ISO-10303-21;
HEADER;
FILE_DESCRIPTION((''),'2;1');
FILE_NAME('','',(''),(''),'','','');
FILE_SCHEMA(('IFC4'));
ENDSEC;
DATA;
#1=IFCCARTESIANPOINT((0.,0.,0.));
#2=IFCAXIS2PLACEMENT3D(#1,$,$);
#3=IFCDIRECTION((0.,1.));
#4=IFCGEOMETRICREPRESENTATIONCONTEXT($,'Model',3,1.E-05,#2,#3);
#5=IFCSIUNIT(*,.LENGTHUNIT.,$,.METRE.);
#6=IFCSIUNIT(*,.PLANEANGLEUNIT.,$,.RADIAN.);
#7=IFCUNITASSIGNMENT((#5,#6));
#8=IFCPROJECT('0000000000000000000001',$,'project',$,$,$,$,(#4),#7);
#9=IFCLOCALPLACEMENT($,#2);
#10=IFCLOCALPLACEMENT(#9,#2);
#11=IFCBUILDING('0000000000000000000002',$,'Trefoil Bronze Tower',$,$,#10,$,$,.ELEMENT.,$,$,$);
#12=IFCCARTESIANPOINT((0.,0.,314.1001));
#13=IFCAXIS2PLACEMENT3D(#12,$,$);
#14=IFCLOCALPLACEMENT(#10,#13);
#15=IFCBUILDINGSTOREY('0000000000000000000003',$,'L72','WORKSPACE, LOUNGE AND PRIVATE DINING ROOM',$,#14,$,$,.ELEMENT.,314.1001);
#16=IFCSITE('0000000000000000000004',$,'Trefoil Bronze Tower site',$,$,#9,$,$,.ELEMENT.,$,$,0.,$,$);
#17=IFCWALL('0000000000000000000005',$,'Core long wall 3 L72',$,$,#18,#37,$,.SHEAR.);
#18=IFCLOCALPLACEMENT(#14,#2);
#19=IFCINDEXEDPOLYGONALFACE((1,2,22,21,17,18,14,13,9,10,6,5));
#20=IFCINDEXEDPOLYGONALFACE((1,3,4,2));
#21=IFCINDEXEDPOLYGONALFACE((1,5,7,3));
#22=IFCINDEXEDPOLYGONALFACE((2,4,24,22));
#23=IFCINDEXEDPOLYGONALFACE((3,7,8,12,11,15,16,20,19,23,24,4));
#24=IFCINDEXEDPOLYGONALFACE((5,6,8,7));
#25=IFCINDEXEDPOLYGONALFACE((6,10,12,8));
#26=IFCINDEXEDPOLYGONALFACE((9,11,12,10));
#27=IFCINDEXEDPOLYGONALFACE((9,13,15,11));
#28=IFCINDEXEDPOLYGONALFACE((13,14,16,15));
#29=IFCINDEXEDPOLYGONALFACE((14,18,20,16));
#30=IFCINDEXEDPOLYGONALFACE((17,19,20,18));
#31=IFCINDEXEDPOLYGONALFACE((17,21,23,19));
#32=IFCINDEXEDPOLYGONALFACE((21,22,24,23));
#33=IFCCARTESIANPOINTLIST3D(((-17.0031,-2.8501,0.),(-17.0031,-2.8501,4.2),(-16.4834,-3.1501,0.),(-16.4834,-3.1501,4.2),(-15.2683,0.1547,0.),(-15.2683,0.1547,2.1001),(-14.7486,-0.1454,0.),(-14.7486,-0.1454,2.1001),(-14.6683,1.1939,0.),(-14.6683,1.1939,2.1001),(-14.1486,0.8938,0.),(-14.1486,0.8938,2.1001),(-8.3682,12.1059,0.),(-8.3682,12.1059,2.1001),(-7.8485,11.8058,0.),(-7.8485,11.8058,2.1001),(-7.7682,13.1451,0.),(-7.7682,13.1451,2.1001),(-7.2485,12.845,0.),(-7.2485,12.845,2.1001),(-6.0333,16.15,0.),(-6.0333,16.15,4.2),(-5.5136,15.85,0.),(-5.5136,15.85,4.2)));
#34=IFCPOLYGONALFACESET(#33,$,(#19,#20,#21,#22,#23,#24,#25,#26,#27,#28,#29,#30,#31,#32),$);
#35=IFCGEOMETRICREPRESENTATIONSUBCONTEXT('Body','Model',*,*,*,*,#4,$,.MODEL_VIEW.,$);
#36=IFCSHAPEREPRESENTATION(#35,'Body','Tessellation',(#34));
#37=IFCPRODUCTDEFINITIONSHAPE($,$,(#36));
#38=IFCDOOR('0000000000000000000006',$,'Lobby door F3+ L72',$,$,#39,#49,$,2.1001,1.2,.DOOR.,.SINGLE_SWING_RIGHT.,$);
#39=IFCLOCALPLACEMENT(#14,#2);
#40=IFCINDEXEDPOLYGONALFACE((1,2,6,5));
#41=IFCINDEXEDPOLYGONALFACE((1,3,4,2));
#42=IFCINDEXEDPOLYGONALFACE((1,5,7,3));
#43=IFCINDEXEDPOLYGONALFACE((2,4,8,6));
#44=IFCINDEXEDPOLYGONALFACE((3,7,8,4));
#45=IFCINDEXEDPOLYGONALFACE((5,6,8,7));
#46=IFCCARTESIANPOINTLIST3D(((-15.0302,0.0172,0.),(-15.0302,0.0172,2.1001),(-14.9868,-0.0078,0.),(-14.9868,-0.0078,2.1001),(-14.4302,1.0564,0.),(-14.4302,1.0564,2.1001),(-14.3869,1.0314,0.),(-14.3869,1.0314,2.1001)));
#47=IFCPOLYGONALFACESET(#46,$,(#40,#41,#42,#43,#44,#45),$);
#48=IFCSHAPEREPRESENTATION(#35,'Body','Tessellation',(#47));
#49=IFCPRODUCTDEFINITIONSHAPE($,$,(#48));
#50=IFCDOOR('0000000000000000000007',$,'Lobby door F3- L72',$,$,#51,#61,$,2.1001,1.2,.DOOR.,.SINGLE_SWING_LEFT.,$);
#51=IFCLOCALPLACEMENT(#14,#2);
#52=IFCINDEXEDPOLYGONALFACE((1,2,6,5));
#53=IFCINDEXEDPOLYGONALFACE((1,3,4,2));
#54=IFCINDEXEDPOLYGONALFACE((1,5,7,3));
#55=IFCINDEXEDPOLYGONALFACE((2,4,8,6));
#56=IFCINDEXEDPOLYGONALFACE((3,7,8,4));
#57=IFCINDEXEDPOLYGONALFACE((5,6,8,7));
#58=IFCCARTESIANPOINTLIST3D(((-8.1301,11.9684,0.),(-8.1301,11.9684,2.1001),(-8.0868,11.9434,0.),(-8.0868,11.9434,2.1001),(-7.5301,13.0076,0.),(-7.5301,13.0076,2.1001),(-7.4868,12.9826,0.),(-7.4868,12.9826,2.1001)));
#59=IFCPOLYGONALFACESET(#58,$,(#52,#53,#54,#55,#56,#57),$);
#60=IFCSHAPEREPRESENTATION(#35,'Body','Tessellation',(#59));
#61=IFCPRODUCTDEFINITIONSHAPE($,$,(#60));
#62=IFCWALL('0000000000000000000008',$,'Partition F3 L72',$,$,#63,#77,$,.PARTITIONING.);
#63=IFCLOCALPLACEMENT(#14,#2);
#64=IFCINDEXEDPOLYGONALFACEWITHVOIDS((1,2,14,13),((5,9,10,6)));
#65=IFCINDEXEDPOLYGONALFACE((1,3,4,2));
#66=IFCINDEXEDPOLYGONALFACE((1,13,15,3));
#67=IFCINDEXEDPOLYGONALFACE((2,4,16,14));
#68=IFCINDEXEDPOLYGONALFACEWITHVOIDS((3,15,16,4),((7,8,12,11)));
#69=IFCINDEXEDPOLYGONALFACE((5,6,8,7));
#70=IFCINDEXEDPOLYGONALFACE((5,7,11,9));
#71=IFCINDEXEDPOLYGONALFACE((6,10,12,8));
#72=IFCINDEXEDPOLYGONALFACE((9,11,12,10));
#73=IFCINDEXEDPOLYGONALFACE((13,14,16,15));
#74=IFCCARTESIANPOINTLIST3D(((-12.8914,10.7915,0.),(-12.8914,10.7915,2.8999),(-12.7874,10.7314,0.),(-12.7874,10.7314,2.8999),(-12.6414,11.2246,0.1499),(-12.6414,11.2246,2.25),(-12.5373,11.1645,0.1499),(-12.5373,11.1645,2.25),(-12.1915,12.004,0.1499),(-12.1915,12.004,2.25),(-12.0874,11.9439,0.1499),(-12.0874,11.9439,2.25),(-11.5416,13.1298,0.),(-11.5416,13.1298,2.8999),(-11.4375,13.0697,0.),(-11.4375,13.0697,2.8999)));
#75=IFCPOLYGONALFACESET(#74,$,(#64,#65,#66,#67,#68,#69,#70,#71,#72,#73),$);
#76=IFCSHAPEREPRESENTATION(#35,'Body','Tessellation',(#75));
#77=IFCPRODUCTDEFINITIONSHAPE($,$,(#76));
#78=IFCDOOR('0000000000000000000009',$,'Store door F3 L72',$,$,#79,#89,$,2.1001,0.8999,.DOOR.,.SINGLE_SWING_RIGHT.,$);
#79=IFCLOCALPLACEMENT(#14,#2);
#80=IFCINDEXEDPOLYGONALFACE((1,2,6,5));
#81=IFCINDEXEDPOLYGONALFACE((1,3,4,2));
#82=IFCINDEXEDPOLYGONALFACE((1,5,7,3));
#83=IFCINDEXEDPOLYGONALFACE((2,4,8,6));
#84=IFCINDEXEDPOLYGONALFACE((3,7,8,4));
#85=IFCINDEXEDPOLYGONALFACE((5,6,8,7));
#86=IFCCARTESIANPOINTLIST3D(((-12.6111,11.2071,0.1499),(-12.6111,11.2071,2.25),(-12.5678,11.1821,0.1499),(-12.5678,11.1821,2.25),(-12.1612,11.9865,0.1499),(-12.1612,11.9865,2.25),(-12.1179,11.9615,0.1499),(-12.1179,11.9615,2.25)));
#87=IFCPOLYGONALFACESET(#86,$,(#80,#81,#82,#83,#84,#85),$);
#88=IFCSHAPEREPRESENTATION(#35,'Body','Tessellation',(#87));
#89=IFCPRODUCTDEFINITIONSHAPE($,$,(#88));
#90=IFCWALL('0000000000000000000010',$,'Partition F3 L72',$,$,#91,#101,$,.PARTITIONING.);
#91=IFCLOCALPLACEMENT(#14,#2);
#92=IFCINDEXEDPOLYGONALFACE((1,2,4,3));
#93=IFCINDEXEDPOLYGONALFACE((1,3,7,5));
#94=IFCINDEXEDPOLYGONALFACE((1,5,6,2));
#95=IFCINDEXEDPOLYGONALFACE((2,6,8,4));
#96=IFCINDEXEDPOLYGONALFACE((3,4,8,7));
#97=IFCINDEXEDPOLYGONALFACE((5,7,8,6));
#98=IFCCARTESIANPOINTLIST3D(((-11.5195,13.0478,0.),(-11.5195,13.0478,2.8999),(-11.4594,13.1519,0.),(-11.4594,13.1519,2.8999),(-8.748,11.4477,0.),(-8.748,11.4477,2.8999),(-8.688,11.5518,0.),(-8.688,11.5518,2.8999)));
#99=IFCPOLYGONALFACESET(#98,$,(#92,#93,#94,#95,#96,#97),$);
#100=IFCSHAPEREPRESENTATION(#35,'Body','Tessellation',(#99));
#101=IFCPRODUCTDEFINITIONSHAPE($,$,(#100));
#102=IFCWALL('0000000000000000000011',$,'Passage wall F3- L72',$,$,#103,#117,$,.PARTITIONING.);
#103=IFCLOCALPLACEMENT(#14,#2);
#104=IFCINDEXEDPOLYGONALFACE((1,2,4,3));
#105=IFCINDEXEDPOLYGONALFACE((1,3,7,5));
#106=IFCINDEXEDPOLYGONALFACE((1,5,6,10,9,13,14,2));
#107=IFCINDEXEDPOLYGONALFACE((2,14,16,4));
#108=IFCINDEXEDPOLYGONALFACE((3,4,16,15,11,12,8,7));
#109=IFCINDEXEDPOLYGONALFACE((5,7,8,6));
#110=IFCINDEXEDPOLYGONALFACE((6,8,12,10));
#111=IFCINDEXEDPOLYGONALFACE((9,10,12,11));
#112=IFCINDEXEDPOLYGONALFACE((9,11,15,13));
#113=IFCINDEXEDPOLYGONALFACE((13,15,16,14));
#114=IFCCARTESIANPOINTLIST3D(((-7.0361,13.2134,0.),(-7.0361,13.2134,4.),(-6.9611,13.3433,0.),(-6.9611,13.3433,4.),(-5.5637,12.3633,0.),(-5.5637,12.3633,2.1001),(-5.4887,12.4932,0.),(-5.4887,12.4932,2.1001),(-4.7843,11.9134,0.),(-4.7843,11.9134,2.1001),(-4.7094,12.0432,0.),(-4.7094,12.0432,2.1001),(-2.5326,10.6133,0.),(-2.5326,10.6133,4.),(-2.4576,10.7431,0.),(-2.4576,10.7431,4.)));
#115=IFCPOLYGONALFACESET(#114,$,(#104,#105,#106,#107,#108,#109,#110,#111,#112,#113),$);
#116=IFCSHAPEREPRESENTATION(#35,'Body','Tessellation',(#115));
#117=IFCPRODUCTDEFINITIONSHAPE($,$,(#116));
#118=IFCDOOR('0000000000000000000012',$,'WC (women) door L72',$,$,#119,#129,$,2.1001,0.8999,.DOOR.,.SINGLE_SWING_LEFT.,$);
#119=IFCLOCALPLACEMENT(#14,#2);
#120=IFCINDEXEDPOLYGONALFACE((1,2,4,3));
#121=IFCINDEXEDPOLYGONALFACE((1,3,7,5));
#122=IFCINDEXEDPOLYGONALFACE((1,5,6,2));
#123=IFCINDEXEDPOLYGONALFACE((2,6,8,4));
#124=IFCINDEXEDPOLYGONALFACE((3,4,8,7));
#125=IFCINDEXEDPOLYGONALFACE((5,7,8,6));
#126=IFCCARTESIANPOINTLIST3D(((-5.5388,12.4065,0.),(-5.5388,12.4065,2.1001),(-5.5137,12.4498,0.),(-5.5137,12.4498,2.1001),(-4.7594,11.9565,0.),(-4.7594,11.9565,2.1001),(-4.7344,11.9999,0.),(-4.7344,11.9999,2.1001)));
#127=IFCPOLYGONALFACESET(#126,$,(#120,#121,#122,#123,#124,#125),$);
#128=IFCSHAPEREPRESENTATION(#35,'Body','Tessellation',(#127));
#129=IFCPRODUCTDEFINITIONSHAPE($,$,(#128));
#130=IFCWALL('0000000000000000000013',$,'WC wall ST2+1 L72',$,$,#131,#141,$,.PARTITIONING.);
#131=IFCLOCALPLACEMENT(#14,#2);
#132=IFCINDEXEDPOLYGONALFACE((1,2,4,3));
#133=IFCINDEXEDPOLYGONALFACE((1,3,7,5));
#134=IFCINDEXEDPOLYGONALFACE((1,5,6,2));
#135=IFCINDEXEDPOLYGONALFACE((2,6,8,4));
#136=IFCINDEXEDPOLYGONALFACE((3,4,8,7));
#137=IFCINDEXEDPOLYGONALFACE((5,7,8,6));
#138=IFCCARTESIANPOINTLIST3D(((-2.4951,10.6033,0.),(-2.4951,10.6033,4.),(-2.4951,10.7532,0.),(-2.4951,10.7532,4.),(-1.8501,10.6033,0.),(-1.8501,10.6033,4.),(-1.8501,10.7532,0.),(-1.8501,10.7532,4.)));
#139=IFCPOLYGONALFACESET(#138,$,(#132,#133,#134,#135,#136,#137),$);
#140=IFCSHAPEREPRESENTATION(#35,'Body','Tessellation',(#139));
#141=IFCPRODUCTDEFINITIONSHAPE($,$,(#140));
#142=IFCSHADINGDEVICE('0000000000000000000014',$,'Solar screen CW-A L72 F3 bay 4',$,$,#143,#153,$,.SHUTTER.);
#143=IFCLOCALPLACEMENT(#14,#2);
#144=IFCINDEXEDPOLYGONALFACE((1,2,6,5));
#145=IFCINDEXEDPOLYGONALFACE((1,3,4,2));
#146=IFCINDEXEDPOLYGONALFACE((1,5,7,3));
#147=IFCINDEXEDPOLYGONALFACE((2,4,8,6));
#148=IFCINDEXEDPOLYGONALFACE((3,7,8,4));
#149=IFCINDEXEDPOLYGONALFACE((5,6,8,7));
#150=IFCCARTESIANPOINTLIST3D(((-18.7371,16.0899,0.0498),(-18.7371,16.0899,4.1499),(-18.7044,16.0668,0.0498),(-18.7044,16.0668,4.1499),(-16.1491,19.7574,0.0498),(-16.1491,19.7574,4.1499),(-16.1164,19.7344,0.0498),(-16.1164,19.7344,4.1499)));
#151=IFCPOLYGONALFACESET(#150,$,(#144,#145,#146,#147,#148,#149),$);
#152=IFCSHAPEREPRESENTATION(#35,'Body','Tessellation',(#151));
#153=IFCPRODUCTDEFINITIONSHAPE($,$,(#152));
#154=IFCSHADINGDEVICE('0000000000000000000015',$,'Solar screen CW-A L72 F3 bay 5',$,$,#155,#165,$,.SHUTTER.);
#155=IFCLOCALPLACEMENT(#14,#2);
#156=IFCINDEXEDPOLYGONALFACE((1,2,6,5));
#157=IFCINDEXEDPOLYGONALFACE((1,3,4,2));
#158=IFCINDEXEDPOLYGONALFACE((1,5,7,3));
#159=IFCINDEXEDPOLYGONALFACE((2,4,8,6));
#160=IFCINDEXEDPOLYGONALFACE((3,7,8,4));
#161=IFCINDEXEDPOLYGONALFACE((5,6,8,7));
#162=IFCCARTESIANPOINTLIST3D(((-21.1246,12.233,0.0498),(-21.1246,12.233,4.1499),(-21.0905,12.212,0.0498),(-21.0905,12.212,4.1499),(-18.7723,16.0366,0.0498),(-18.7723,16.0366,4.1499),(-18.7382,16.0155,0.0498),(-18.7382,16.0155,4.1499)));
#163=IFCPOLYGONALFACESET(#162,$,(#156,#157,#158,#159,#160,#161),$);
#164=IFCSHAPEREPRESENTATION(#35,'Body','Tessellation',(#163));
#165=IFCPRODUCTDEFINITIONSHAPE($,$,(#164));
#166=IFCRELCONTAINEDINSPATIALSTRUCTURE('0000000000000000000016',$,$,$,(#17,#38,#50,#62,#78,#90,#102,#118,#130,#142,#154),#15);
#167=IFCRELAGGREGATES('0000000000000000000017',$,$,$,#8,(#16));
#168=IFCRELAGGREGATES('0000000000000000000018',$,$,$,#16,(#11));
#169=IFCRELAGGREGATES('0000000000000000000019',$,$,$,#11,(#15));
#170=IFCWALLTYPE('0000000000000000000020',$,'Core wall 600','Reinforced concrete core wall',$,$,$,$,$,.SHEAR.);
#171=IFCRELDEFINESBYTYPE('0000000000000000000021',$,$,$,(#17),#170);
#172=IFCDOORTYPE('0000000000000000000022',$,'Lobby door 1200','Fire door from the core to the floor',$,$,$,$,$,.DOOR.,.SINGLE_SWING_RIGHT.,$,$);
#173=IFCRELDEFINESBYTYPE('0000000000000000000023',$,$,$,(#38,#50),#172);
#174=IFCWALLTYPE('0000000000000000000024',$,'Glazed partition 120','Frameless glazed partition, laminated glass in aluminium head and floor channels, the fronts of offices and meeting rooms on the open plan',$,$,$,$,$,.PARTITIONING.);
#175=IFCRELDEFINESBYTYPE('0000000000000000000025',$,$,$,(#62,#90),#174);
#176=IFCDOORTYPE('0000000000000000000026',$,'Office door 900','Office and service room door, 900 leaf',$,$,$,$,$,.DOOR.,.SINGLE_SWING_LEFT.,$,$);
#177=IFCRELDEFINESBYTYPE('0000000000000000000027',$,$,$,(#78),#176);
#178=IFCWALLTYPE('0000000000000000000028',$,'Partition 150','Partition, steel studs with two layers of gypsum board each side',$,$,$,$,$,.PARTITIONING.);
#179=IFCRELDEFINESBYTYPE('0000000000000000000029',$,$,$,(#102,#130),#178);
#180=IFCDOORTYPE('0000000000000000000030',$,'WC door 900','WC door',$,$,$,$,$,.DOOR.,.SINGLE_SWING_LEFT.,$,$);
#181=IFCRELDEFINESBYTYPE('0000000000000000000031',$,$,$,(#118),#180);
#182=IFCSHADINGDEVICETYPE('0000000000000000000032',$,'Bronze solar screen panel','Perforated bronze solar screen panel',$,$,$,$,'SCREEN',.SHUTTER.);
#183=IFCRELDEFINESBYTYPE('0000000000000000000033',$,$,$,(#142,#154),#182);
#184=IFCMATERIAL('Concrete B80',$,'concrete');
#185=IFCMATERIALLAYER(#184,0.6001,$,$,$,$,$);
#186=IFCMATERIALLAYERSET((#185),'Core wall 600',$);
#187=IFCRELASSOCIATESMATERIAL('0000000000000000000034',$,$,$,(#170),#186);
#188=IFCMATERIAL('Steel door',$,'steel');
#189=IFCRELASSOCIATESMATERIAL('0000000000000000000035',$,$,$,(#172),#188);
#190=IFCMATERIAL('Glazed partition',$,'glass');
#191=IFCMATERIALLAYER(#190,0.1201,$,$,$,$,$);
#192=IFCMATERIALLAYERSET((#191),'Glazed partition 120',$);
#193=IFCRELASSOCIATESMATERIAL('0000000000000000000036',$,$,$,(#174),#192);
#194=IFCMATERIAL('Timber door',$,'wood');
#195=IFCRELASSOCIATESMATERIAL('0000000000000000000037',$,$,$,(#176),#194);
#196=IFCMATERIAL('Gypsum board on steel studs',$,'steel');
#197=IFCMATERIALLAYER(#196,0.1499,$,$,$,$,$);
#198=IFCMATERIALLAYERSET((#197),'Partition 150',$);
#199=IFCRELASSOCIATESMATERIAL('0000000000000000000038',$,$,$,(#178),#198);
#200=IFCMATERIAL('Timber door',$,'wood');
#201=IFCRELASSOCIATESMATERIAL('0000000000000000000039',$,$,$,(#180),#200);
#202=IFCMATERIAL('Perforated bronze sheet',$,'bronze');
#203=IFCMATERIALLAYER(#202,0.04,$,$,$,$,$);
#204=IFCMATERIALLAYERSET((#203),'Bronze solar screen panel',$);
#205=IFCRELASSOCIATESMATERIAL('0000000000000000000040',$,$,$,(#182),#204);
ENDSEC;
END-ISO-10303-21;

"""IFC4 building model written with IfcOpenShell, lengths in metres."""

from ifc_helpers import new_model, si_unit, direction, frame, frame_2d, origin, origin_2d, place, context, subcontext, project, spatial, rectangle, extrude, material, layer, layer_set, type_object, element, fill, save


model = new_model("IFC4")

# Units and contexts
model_context = context("Model", 3, precision=1e-05, world=origin(), true_north=direction((0.0, 1.0)))
body_context = subcontext(model_context, "Body", "Model", "MODEL_VIEW")
ifc_project = project(units=[si_unit("LENGTHUNIT", "METRE"), si_unit("PLANEANGLEUNIT", "RADIAN")], contexts=[model_context])

# Site, building, storey
site_placement = place(None, origin())
site = spatial("IfcSite", under=ifc_project, at=site_placement, Name="Trefoil Bronze Tower site", CompositionType="ELEMENT", RefElevation=0.0)
building_placement = place(site_placement, origin())
building = spatial("IfcBuilding", under=site, at=building_placement, Name="Trefoil Bronze Tower", CompositionType="ELEMENT")
storey_placement = place(building_placement, frame((0.0, 0.0, 314.1001)))
storey = spatial("IfcBuildingStorey", under=building, at=storey_placement, Name="L72", Description="WORKSPACE, LOUNGE AND PRIVATE DINING ROOM", CompositionType="ELEMENT", Elevation=314.1001)

# Wall, openings, doors
ifc_material_1 = material(Name="Concrete B80", Category="concrete")
ifc_layer_1 = layer(ifc_material_1, 0.6001)
ifc_layer_set_1 = layer_set([ifc_layer_1], Name="Core wall 600")
wall_type_1 = type_object("IfcWallType", Name="Core wall 600", Description="Reinforced concrete core wall", PredefinedType="SHEAR", material=ifc_layer_set_1)
wall_1_placement = place(storey_placement, frame((-5.7734, 16.0, 0.0), z_axis=(0.0, 0.0, 1.0), x_axis=(-0.500002, -0.866024, 0.0)))
wall_1 = element("IfcWall", 1, at=wall_1_placement, inside=storey, type_object=wall_type_1, Name="Core long wall 3 L72", PredefinedType="SHEAR", context=body_context, shape_type="SweptSolid", body=[
    extrude(rectangle(XDim=21.9395, YDim=0.6001, at=frame_2d((10.9697, 0.0))), origin(), (0.0, 0.0, 1.0), 4.2),
])
opening_1_placement = place(wall_1_placement, frame((17.2698, 0.0, 0.0)))
opening_1 = element("IfcOpeningElement", 2, at=opening_1_placement, cuts=wall_1, PredefinedType="OPENING", context=body_context, shape_type="SweptSolid", body=[
    extrude(rectangle(XDim=1.2, YDim=2.1001, at=frame_2d((0.6001, 1.05))), frame((0.0, 0.3101, 0.0), z_axis=(0.0, -1.0, 0.0), x_axis=(1.0, 0.0, 0.0)), (0.0, 0.0, 1.0), 0.6201),
])
opening_2_placement = place(wall_1_placement, frame((3.4697, 0.0, 0.0)))
opening_2 = element("IfcOpeningElement", 3, at=opening_2_placement, cuts=wall_1, PredefinedType="OPENING", context=body_context, shape_type="SweptSolid", body=[
    extrude(rectangle(XDim=1.2, YDim=2.1001, at=frame_2d((0.6001, 1.05))), frame((0.0, 0.3101, 0.0), z_axis=(0.0, -1.0, 0.0), x_axis=(1.0, 0.0, 0.0)), (0.0, 0.0, 1.0), 0.6201),
])
ifc_material_2 = material(Name="Steel door", Category="steel")
door_type_1 = type_object("IfcDoorType", Name="Lobby door 1200", Description="Fire door from the core to the floor", OperationType="SINGLE_SWING_RIGHT", PredefinedType="DOOR", material=ifc_material_2)
door_1_placement = place(opening_1_placement, origin())
door_1 = element("IfcDoor", 4, at=door_1_placement, inside=storey, type_object=door_type_1, Name="Lobby door F3+ L72", OperationType="SINGLE_SWING_RIGHT", OverallHeight=2.1001, OverallWidth=1.2, PredefinedType="DOOR", context=body_context, shape_type="SweptSolid", body=[
    extrude(rectangle(XDim=1.2, YDim=2.1001, at=frame_2d((0.6001, 1.05))), frame((0.0, 0.0249, 0.0), z_axis=(0.0, -1.0, 0.0), x_axis=(1.0, 0.0, 0.0)), (0.0, 0.0, 1.0), 0.05),
])
fill(opening_1, door_1)
door_2_placement = place(opening_2_placement, origin())
door_2 = element("IfcDoor", 5, at=door_2_placement, inside=storey, type_object=door_type_1, Name="Lobby door F3- L72", OperationType="SINGLE_SWING_LEFT", OverallHeight=2.1001, OverallWidth=1.2, PredefinedType="DOOR", context=body_context, shape_type="SweptSolid", body=[
    extrude(rectangle(XDim=1.2, YDim=2.1001, at=frame_2d((0.6001, 1.05))), frame((0.0, 0.0249, 0.0), z_axis=(0.0, -1.0, 0.0), x_axis=(1.0, 0.0, 0.0)), (0.0, 0.0, 1.0), 0.05),
])
fill(opening_2, door_2)

# Wall, opening, door
ifc_material_3 = material(Name="Glazed partition", Category="glass")
ifc_layer_2 = layer(ifc_material_3, 0.1201)
ifc_layer_set_2 = layer_set([ifc_layer_2], Name="Glazed partition 120")
wall_type_2 = type_object("IfcWallType", Name="Glazed partition 120", Description="Frameless glazed partition, laminated glass in aluminium head and floor channels, the fronts of offices and meeting rooms on the open plan", PredefinedType="PARTITIONING", material=ifc_layer_set_2)
wall_2_placement = place(storey_placement, frame((-11.4895, 13.0999, 0.0), z_axis=(0.0, 0.0, 1.0), x_axis=(-0.499942, -0.866059, 0.0)))
wall_2 = element("IfcWall", 6, at=wall_2_placement, inside=storey, type_object=wall_type_2, Name="Partition F3 L72", PredefinedType="PARTITIONING", context=body_context, shape_type="SweptSolid", body=[
    extrude(rectangle(XDim=2.7, YDim=0.1201, at=frame_2d((1.3501, 0.0))), origin(), (0.0, 0.0, 1.0), 2.8999),
])
opening_3_placement = place(wall_2_placement, frame((1.3, 0.0, 0.1499)))
opening_3 = element("IfcOpeningElement", 7, at=opening_3_placement, cuts=wall_2, PredefinedType="OPENING", context=body_context, shape_type="SweptSolid", body=[
    extrude(rectangle(XDim=0.8999, YDim=2.1001, at=frame_2d((0.45, 1.05))), frame((0.0, 0.0701, 0.0), z_axis=(0.0, -1.0, 0.0), x_axis=(1.0, 0.0, 0.0)), (0.0, 0.0, 1.0), 0.1401),
])
ifc_material_4 = material(Name="Timber door", Category="wood")
door_type_2 = type_object("IfcDoorType", Name="Office door 900", Description="Office and service room door, 900 leaf", OperationType="SINGLE_SWING_LEFT", PredefinedType="DOOR", material=ifc_material_4)
door_3_placement = place(opening_3_placement, origin())
door_3 = element("IfcDoor", 8, at=door_3_placement, inside=storey, type_object=door_type_2, Name="Store door F3 L72", OperationType="SINGLE_SWING_RIGHT", OverallHeight=2.1001, OverallWidth=0.8999, PredefinedType="DOOR", context=body_context, shape_type="SweptSolid", body=[
    extrude(rectangle(XDim=0.8999, YDim=2.1001, at=frame_2d((0.45, 1.05))), frame((0.0, 0.0249, 0.0), z_axis=(0.0, -1.0, 0.0), x_axis=(1.0, 0.0, 0.0)), (0.0, 0.0, 1.0), 0.05),
])
fill(opening_3, door_3)

# Wall
wall_3_placement = place(storey_placement, frame((-8.718, 11.4998, 0.0), z_axis=(0.0, 0.0, 1.0), x_axis=(-0.866028, 0.499995, 0.0)))
element("IfcWall", 9, at=wall_3_placement, inside=storey, type_object=wall_type_2, Name="Partition F3 L72", PredefinedType="PARTITIONING", context=body_context, shape_type="SweptSolid", body=[
    extrude(rectangle(XDim=3.2002, YDim=0.1201, at=frame_2d((1.6001, 0.0))), origin(), (0.0, 0.0, 1.0), 2.8999),
])

# Wall, opening, door
ifc_material_5 = material(Name="Gypsum board on steel studs", Category="steel")
ifc_layer_3 = layer(ifc_material_5, 0.1499)
ifc_layer_set_3 = layer_set([ifc_layer_3], Name="Partition 150")
wall_type_3 = type_object("IfcWallType", Name="Partition 150", Description="Partition, steel studs with two layers of gypsum board each side", PredefinedType="PARTITIONING", material=ifc_layer_set_3)
wall_4_placement = place(storey_placement, frame((-2.4951, 10.6782, 0.0), z_axis=(0.0, 0.0, 1.0), x_axis=(-0.866021, 0.500007, 0.0)))
wall_4 = element("IfcWall", 10, at=wall_4_placement, inside=storey, type_object=wall_type_3, Name="Passage wall F3- L72", PredefinedType="PARTITIONING", context=body_context, shape_type="SweptSolid", body=[
    extrude(rectangle(XDim=5.2002, YDim=0.1499, at=frame_2d((2.6001, 0.0))), origin(), (0.0, 0.0, 1.0), 4.0),
])
opening_4_placement = place(wall_4_placement, frame((2.6001, 0.0, 0.0)))
opening_4 = element("IfcOpeningElement", 11, at=opening_4_placement, cuts=wall_4, PredefinedType="OPENING", context=body_context, shape_type="SweptSolid", body=[
    extrude(rectangle(XDim=0.8999, YDim=2.1001, at=frame_2d((0.45, 1.05))), frame((0.0, 0.085, 0.0), z_axis=(0.0, -1.0, 0.0), x_axis=(1.0, 0.0, 0.0)), (0.0, 0.0, 1.0), 0.1699),
])
ifc_material_6 = material(Name="Timber door", Category="wood")
door_type_3 = type_object("IfcDoorType", Name="WC door 900", Description="WC door", OperationType="SINGLE_SWING_LEFT", PredefinedType="DOOR", material=ifc_material_6)
door_4_placement = place(opening_4_placement, frame((0.8999, 0.0, 0.0), z_axis=(0.0, 0.0, 1.0), x_axis=(-1.0, 0.0, 0.0)))
door_4 = element("IfcDoor", 12, at=door_4_placement, inside=storey, type_object=door_type_3, Name="WC (women) door L72", OperationType="SINGLE_SWING_LEFT", OverallHeight=2.1001, OverallWidth=0.8999, PredefinedType="DOOR", context=body_context, shape_type="SweptSolid", body=[
    extrude(rectangle(XDim=0.8999, YDim=2.1001, at=frame_2d((0.45, 1.05))), frame((0.0, 0.0249, 0.0), z_axis=(0.0, -1.0, 0.0), x_axis=(1.0, 0.0, 0.0)), (0.0, 0.0, 1.0), 0.05),
])
fill(opening_4, door_4)

# Wall
wall_5_placement = place(storey_placement, frame((-2.4951, 10.6782, 0.0), z_axis=(0.0, 0.0, 1.0), x_axis=(1.0, 0.0, 0.0)))
element("IfcWall", 13, at=wall_5_placement, inside=storey, type_object=wall_type_3, Name="WC wall ST2+1 L72", PredefinedType="PARTITIONING", context=body_context, shape_type="SweptSolid", body=[
    extrude(rectangle(XDim=0.645, YDim=0.1499, at=frame_2d((0.3225, 0.0))), origin(), (0.0, 0.0, 1.0), 4.0),
])

# Shading devices
ifc_material_7 = material(Name="Perforated bronze sheet", Category="bronze")
ifc_layer_4 = layer(ifc_material_7, 0.04)
ifc_layer_set_4 = layer_set([ifc_layer_4], Name="Bronze solar screen panel")
shading_device_type = type_object("IfcShadingDeviceType", Name="Bronze solar screen panel", Description="Perforated bronze solar screen panel", ElementType="SCREEN", PredefinedType="SHUTTER", material=ifc_layer_set_4)
shading_device_1_placement = place(storey_placement, frame((-17.4268, 17.9121, 0.0498), z_axis=(0.0, 0.0, 1.0), x_axis=(-0.576561, -0.817054, 0.0)))
element("IfcShadingDevice", 14, at=shading_device_1_placement, inside=storey, type_object=shading_device_type, Name="Solar screen CW-A L72 F3 bay 4", PredefinedType="SHUTTER", context=body_context, shape_type="SweptSolid", body=[
    extrude(rectangle(XDim=4.4888, YDim=0.04, at=origin_2d()), origin(), (0.0, 0.0, 1.0), 4.1001),
])
shading_device_2_placement = place(storey_placement, frame((-19.9314, 14.1243, 0.0498), z_axis=(0.0, 0.0, 1.0), x_axis=(-0.52598, -0.850497, 0.0)))
element("IfcShadingDevice", 15, at=shading_device_2_placement, inside=storey, type_object=shading_device_type, Name="Solar screen CW-A L72 F3 bay 5", PredefinedType="SHUTTER", context=body_context, shape_type="SweptSolid", body=[
    extrude(rectangle(XDim=4.4722, YDim=0.04, at=origin_2d()), origin(), (0.0, 0.0, 1.0), 4.1001),
])

save(model, "model.ifc")
